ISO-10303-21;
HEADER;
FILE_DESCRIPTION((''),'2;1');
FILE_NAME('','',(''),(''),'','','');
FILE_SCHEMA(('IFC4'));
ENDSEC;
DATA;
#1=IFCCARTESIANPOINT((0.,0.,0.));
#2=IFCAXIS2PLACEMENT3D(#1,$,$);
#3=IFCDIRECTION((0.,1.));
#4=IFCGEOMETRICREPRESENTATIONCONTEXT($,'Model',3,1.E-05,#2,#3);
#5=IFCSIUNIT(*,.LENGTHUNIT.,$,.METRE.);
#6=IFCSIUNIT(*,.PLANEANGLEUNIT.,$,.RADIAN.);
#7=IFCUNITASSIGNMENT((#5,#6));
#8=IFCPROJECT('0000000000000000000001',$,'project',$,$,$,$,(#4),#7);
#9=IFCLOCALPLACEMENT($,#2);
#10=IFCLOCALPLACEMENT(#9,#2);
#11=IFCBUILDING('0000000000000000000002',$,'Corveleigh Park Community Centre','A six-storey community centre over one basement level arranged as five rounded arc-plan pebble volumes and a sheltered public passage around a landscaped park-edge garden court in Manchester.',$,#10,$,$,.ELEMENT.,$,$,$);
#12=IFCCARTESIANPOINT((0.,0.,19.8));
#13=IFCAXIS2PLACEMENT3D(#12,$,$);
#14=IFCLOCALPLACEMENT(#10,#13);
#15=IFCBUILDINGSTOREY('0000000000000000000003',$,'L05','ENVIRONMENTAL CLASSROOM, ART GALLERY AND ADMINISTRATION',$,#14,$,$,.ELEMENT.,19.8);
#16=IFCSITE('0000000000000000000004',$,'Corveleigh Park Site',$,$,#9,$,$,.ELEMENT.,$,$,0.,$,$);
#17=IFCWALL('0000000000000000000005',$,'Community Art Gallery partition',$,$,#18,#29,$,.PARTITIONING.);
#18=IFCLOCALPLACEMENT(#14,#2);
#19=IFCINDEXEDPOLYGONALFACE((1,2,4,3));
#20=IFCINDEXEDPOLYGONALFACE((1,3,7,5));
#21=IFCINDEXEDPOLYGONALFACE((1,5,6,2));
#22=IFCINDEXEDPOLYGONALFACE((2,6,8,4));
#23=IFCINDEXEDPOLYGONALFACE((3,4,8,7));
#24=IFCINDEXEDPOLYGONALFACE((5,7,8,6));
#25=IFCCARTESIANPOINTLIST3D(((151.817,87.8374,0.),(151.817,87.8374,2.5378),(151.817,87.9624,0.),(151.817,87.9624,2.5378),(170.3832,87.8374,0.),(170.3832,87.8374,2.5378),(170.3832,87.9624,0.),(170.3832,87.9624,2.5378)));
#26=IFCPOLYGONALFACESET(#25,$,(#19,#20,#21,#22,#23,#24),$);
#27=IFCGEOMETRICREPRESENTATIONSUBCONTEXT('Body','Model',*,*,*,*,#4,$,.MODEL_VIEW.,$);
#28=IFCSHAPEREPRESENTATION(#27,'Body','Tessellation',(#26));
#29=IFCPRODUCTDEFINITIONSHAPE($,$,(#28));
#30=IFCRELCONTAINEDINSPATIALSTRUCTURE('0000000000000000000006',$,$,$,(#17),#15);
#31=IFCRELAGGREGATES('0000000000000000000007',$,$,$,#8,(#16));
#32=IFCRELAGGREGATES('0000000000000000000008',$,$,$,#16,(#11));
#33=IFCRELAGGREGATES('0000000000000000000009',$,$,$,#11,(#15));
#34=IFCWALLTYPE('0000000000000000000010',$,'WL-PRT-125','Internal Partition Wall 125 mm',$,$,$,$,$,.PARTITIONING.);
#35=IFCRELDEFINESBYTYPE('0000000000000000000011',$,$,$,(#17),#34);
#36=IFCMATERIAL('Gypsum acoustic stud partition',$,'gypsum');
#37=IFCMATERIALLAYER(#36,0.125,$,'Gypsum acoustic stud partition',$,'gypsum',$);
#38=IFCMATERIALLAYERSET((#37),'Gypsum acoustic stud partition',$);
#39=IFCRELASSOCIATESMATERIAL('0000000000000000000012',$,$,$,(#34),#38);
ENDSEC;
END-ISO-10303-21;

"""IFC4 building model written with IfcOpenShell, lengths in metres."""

from ifc_helpers import new_model, si_unit, direction, frame, frame_2d, origin, place, context, subcontext, project, spatial, rectangle, extrude, material, layer, layer_set, type_object, element, save


model = new_model("IFC4")

# Units and contexts
model_context = context("Model", 3, precision=1e-05, world=origin(), true_north=direction((0.0, 1.0)))
body_context = subcontext(model_context, "Body", "Model", "MODEL_VIEW")
ifc_project = project(units=[si_unit("LENGTHUNIT", "METRE"), si_unit("PLANEANGLEUNIT", "RADIAN")], contexts=[model_context])

# Site, building, storey
site_placement = place(None, origin())
site = spatial("IfcSite", under=ifc_project, at=site_placement, Name="Corveleigh Park Site", CompositionType="ELEMENT", RefElevation=0.0)
building_placement = place(site_placement, origin())
building = spatial("IfcBuilding", under=site, at=building_placement, Name="Corveleigh Park Community Centre", Description="A six-storey community centre over one basement level arranged as five rounded arc-plan pebble volumes and a sheltered public passage around a landscaped park-edge garden court in Manchester.", CompositionType="ELEMENT")
storey_placement = place(building_placement, frame((0.0, 0.0, 19.8)))
storey = spatial("IfcBuildingStorey", under=building, at=storey_placement, Name="L05", Description="ENVIRONMENTAL CLASSROOM, ART GALLERY AND ADMINISTRATION", CompositionType="ELEMENT", Elevation=19.8)

# Wall
ifc_material_1 = material(Name="Gypsum acoustic stud partition", Category="gypsum")
ifc_layer_1 = layer(ifc_material_1, 0.125, Name="Gypsum acoustic stud partition", Category="gypsum")
ifc_layer_set_1 = layer_set([ifc_layer_1], Name="Gypsum acoustic stud partition")
wall_type = type_object("IfcWallType", Name="WL-PRT-125", Description="Internal Partition Wall 125 mm", PredefinedType="PARTITIONING", material=ifc_layer_set_1)
wall_placement = place(storey_placement, frame((151.8169, 87.8999, 0.0), z_axis=(0.0, 0.0, 1.0), x_axis=(1.0, 0.0, 0.0)))
element("IfcWall", 1, at=wall_placement, inside=storey, type_object=wall_type, Name="Community Art Gallery partition", PredefinedType="PARTITIONING", context=body_context, shape_type="SweptSolid", body=[
    extrude(rectangle(XDim=18.5662, YDim=0.125, at=frame_2d((9.2832, 0.0))), origin(), (0.0, 0.0, 1.0), 2.5378),
])

save(model, "model.ifc")
